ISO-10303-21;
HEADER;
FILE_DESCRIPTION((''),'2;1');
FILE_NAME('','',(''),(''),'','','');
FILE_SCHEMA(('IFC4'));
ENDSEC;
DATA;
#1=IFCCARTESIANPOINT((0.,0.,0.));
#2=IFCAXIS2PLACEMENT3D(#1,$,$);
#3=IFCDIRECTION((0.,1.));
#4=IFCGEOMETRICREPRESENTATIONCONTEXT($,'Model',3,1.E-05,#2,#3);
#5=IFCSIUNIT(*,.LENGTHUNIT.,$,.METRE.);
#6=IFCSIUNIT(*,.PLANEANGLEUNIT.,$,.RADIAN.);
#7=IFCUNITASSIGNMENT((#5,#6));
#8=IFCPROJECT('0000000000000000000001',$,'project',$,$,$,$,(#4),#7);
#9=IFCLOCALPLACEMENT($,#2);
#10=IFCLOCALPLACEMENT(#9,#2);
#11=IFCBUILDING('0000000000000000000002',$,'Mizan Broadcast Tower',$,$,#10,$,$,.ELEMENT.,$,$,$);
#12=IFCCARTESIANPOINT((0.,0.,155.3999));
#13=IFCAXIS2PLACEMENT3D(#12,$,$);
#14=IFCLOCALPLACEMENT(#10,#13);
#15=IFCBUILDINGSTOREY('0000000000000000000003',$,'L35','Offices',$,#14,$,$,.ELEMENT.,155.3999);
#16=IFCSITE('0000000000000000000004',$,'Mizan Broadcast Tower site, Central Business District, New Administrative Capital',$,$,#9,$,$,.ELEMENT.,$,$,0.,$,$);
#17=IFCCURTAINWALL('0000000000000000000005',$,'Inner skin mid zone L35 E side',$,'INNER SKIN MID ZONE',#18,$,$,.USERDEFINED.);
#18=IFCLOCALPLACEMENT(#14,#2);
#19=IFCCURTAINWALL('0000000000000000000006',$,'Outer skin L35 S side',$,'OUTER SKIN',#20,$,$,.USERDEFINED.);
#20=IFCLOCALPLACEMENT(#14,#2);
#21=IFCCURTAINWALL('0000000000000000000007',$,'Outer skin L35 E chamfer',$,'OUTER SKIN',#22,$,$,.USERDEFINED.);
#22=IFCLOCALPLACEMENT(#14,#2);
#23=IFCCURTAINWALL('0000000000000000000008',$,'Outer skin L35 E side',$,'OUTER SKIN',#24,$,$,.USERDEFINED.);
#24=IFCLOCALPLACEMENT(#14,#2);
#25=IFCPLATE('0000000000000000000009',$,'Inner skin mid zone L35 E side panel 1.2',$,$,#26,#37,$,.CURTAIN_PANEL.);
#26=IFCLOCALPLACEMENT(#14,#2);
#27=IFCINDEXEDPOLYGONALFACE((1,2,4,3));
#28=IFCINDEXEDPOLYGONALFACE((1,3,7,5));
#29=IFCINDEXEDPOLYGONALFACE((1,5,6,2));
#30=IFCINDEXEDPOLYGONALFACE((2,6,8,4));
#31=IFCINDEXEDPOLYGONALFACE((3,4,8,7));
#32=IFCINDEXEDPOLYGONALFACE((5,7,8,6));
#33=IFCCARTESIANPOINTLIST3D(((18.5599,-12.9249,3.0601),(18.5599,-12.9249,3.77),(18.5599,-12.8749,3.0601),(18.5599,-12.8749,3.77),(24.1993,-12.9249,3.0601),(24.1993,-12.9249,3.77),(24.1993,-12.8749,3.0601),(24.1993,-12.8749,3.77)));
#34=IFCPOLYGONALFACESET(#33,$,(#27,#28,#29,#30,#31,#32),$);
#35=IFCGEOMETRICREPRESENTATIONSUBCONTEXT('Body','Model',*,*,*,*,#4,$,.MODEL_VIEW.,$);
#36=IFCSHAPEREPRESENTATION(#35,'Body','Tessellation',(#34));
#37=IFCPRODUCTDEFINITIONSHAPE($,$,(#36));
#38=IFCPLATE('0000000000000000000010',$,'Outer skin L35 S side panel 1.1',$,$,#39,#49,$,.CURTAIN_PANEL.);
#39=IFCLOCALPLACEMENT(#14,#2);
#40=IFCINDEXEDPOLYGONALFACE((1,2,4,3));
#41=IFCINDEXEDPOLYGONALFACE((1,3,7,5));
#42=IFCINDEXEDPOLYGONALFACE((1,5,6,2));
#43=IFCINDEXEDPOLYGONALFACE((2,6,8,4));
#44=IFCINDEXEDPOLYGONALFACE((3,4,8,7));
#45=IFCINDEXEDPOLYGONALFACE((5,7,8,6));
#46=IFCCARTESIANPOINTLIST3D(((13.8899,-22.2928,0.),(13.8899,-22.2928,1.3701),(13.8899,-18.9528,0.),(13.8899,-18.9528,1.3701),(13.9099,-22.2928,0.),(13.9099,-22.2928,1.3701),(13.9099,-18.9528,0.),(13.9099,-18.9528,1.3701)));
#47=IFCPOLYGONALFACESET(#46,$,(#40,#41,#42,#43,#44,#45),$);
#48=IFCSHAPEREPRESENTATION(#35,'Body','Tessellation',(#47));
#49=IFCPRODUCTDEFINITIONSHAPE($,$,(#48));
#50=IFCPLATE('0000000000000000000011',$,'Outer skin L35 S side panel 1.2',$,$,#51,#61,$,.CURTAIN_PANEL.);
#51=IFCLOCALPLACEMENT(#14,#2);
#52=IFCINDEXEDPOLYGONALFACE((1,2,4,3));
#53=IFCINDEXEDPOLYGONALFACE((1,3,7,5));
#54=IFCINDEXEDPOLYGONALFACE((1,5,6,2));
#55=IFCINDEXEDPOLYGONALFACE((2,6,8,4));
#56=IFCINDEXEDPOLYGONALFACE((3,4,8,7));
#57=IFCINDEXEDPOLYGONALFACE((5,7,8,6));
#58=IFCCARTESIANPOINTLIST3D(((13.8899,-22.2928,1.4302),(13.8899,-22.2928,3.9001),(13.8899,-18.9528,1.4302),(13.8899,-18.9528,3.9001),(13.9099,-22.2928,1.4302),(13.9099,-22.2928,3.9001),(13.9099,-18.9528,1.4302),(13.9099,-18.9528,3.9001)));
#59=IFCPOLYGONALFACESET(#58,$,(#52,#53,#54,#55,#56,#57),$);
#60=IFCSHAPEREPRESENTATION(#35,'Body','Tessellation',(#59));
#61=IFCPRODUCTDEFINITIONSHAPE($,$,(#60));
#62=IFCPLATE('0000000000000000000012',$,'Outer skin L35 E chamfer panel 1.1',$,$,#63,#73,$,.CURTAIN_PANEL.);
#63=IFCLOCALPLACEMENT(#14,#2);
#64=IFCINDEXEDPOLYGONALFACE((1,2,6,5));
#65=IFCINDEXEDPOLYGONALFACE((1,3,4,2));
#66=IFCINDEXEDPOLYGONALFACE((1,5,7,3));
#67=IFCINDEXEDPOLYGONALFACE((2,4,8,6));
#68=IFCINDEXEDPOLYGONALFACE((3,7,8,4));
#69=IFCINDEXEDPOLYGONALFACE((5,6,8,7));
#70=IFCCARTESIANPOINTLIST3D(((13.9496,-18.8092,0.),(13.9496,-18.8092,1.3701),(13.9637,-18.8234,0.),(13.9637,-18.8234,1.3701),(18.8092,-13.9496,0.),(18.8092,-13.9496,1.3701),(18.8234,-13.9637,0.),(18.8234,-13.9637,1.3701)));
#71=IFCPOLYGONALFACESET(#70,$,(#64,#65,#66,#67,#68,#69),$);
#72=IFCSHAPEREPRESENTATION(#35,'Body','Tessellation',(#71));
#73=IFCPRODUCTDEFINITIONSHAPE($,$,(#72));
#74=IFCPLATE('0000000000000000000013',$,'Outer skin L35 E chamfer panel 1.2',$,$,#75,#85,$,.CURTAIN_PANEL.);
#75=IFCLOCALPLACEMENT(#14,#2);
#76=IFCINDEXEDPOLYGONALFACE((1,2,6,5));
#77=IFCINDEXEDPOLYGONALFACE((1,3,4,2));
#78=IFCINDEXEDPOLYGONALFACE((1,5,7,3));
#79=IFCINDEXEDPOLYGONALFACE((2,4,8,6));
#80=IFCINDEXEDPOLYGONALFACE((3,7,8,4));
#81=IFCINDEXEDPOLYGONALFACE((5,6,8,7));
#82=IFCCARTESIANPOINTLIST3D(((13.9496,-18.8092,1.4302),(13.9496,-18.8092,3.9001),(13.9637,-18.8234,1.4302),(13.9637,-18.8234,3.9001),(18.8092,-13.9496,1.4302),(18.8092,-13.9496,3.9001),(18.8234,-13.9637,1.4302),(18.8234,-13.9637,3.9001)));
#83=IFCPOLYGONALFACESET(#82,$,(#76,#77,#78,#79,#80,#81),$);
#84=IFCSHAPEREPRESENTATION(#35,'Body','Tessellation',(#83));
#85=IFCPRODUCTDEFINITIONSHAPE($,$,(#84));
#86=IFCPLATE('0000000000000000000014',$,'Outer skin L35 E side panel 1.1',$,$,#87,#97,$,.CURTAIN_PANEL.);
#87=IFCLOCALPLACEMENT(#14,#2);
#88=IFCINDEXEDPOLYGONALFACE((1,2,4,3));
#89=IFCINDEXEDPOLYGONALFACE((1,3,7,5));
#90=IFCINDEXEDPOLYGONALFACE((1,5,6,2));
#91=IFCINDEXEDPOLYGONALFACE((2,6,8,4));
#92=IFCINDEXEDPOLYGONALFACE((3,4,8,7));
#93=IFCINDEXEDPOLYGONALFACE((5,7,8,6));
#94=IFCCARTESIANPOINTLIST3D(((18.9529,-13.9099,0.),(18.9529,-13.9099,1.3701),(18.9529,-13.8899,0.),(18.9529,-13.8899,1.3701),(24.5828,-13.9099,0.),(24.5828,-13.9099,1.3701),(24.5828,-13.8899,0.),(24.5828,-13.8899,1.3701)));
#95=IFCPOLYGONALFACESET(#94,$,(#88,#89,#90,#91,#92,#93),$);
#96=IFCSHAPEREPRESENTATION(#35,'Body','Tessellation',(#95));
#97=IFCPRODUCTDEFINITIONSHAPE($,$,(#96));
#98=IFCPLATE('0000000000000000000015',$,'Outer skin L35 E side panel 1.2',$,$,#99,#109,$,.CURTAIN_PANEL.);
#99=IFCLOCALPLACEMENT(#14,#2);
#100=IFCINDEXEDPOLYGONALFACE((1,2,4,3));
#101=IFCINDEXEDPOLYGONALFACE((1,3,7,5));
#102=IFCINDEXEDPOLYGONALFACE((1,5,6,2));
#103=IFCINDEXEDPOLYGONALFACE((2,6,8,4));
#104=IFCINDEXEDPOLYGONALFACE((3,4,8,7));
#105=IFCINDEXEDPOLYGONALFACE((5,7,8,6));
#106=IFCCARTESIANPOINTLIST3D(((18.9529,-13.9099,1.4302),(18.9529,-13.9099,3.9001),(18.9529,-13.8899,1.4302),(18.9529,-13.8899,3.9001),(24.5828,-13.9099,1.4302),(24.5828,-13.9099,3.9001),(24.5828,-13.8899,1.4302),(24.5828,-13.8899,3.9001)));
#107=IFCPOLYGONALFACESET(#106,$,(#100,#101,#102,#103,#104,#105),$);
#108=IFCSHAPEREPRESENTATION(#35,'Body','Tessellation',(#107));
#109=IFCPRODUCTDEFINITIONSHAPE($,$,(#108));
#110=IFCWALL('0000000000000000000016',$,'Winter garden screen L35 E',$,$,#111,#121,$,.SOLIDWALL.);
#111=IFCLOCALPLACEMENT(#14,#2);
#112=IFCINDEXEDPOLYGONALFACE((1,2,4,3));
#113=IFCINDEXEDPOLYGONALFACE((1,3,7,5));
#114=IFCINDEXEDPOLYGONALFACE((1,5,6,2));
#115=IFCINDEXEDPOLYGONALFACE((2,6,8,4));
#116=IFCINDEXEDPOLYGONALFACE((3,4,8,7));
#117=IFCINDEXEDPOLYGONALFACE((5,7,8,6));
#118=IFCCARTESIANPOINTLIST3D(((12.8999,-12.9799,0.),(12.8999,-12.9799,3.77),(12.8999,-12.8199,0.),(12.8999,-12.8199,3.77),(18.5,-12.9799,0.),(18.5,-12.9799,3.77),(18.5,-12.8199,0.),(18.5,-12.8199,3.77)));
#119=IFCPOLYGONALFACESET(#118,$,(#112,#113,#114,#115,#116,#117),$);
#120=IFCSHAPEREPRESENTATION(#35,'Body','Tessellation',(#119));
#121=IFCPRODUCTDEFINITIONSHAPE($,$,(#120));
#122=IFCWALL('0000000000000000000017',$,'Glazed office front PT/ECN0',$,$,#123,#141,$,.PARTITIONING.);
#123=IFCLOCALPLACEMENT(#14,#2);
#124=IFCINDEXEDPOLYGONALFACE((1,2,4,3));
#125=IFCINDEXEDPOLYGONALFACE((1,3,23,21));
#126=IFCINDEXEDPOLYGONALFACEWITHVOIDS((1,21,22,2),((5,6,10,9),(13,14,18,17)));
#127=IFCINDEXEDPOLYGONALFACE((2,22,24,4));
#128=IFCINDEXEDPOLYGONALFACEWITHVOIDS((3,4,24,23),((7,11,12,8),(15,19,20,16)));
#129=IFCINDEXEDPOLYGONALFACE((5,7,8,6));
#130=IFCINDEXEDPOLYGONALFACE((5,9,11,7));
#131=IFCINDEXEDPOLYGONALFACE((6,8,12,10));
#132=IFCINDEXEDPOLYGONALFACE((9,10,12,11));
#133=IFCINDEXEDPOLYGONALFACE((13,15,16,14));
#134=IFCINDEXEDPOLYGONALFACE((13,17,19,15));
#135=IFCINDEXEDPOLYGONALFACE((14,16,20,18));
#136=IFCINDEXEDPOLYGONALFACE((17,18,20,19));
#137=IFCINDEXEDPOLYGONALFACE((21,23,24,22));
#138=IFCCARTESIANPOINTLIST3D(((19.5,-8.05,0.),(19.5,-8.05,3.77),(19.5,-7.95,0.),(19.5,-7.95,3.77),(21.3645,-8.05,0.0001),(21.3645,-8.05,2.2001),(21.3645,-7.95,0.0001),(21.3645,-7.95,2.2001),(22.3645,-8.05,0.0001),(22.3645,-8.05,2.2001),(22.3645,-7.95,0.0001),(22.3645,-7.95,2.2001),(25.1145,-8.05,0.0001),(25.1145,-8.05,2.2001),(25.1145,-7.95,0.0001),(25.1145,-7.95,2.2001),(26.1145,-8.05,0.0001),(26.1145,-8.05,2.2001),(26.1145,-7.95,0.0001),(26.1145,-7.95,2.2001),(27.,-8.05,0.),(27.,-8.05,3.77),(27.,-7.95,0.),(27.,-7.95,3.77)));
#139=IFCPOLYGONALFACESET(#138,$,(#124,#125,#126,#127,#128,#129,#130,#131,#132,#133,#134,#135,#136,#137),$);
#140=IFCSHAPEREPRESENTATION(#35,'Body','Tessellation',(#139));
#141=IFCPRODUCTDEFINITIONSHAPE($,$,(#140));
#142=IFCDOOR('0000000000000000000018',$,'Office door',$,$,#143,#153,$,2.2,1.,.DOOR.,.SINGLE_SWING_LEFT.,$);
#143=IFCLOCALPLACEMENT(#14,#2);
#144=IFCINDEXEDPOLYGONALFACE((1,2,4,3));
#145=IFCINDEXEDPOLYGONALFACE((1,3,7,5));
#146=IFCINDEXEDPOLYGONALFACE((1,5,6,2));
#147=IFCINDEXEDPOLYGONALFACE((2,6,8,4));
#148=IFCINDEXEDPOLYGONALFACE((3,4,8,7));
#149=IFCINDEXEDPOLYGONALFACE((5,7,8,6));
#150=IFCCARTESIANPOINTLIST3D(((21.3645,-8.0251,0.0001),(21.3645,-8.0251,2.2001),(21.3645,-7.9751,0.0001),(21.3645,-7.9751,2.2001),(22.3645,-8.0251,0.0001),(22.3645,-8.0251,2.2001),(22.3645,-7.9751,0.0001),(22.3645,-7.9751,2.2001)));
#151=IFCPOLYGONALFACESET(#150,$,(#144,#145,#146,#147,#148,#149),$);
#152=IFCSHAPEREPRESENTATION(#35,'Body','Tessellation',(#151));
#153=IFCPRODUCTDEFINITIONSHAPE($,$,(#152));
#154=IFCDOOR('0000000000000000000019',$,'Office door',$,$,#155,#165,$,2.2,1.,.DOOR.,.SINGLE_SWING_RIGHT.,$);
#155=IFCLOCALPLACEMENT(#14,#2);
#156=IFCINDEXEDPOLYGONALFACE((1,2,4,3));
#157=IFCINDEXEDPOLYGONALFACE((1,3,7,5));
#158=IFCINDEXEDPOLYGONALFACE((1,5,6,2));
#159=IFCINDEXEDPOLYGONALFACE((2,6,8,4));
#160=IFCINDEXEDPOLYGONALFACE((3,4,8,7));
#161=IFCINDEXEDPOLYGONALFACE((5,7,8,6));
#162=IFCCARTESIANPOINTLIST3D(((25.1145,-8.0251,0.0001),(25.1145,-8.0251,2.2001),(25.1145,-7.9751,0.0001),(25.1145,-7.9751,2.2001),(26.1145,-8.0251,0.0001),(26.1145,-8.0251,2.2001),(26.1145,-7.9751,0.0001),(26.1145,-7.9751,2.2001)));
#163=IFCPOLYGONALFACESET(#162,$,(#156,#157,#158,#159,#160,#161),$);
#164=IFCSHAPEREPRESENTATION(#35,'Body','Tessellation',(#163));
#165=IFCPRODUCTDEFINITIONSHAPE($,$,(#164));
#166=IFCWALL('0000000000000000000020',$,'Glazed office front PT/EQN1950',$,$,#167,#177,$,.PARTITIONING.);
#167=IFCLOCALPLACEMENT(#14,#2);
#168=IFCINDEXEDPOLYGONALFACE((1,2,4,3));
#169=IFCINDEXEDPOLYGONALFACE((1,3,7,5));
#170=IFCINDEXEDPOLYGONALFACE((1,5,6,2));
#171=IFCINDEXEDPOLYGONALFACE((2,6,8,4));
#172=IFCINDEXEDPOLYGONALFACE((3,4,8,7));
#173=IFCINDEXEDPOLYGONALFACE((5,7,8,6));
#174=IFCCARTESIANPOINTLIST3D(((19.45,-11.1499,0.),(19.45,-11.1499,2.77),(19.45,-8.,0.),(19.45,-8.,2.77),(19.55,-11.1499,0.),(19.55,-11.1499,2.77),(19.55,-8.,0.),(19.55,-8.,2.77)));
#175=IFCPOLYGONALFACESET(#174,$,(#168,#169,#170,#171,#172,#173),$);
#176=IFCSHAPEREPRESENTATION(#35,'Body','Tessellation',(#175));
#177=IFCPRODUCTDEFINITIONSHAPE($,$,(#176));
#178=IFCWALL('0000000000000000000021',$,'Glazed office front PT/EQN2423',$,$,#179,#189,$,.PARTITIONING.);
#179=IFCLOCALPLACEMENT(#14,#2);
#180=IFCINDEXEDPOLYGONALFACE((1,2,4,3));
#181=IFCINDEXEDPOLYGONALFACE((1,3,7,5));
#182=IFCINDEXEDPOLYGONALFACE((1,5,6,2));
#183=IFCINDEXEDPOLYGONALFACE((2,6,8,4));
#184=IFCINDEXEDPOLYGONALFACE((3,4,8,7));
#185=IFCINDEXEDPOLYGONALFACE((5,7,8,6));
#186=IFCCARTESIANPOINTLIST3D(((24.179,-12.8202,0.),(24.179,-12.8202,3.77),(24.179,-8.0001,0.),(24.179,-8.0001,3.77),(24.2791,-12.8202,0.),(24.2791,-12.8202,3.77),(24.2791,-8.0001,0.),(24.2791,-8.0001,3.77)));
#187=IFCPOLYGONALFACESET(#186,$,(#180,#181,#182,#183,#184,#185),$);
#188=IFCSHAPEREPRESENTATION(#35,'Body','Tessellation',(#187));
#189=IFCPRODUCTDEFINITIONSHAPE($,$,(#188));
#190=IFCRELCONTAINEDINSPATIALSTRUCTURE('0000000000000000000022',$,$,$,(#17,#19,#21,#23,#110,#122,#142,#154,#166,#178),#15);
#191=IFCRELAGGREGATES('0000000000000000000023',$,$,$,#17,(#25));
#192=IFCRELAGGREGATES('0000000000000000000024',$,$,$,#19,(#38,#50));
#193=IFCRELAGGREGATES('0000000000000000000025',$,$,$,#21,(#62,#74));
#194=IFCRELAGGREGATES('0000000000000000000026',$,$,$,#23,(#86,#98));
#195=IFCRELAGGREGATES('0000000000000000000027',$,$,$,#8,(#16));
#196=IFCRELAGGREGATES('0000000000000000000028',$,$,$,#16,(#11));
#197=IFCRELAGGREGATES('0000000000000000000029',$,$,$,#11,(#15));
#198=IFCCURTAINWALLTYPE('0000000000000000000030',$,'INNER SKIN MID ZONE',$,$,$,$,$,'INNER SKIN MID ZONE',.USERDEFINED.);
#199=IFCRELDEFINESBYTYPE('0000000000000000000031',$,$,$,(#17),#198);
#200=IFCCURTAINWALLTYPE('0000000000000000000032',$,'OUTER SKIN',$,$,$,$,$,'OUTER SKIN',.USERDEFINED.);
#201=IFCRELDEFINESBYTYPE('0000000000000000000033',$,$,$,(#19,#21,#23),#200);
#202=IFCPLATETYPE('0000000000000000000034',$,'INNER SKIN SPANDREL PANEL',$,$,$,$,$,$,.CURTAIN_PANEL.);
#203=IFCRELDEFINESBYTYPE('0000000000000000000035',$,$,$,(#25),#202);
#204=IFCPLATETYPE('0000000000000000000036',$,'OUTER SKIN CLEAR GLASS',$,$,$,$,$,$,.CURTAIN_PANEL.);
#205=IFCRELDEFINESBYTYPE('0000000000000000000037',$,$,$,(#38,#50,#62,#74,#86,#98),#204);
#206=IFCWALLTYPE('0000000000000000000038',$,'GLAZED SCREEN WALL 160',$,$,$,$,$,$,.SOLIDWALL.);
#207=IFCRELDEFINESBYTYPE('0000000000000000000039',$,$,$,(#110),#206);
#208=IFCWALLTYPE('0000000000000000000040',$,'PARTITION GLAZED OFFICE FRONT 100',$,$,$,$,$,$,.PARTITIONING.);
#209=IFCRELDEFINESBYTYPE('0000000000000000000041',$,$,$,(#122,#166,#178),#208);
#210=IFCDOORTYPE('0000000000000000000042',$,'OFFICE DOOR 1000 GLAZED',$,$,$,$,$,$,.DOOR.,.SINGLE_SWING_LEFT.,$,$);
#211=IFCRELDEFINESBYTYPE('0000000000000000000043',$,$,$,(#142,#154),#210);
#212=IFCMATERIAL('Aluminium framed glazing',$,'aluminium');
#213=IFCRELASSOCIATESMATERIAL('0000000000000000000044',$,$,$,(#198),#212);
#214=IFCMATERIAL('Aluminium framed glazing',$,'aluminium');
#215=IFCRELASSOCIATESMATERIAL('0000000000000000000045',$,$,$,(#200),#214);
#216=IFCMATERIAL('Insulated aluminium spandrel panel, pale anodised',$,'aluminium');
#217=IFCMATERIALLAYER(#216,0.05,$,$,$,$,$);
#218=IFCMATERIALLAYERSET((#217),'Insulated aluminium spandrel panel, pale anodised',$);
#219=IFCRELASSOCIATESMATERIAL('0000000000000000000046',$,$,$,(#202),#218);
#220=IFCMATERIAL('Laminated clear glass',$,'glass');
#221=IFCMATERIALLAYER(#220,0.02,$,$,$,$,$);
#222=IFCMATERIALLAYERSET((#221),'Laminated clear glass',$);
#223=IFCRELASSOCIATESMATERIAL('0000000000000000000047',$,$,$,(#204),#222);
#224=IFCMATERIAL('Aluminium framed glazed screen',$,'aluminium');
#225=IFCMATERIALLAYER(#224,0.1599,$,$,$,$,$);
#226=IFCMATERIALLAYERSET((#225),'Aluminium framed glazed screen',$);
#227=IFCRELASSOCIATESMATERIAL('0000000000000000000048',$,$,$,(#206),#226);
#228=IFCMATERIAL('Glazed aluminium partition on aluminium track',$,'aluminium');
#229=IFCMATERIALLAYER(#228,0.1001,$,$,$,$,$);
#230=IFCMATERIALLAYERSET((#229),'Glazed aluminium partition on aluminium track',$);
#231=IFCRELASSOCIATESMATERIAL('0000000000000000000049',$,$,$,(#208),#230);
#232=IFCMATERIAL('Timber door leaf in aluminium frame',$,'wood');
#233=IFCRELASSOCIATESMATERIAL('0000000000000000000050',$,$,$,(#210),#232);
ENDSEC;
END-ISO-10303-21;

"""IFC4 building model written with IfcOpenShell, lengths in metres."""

from ifc_helpers import new_model, si_unit, direction, frame, frame_2d, origin, origin_2d, place, context, subcontext, project, spatial, rectangle, extrude, material, layer, layer_set, type_object, element, fill, aggregate, save


model = new_model("IFC4")

# Units and contexts
model_context = context("Model", 3, precision=1e-05, world=origin(), true_north=direction((0.0, 1.0)))
body_context = subcontext(model_context, "Body", "Model", "MODEL_VIEW")
ifc_project = project(units=[si_unit("LENGTHUNIT", "METRE"), si_unit("PLANEANGLEUNIT", "RADIAN")], contexts=[model_context])

# Site, building, storey
site_placement = place(None, origin())
site = spatial("IfcSite", under=ifc_project, at=site_placement, Name="Mizan Broadcast Tower site, Central Business District, New Administrative Capital", CompositionType="ELEMENT", RefElevation=0.0)
building_placement = place(site_placement, origin())
building = spatial("IfcBuilding", under=site, at=building_placement, Name="Mizan Broadcast Tower", CompositionType="ELEMENT")
storey_placement = place(building_placement, frame((0.0, 0.0, 155.3999)))
storey = spatial("IfcBuildingStorey", under=building, at=storey_placement, Name="L35", Description="Offices", CompositionType="ELEMENT", Elevation=155.3999)

# Curtain wall
ifc_material_1 = material(Name="Aluminium framed glazing", Category="aluminium")
curtain_wall_type_1 = type_object("IfcCurtainWallType", Name="INNER SKIN MID ZONE", ElementType="INNER SKIN MID ZONE", PredefinedType="USERDEFINED", material=ifc_material_1)
curtain_wall_1_placement = place(storey_placement, origin())
curtain_wall_1 = element("IfcCurtainWall", 1, at=curtain_wall_1_placement, inside=storey, type_object=curtain_wall_type_1, Name="Inner skin mid zone L35 E side", ObjectType="INNER SKIN MID ZONE", PredefinedType="USERDEFINED")

# Curtain walls
ifc_material_2 = material(Name="Aluminium framed glazing", Category="aluminium")
curtain_wall_type_2 = type_object("IfcCurtainWallType", Name="OUTER SKIN", ElementType="OUTER SKIN", PredefinedType="USERDEFINED", material=ifc_material_2)
curtain_wall_2_placement = place(storey_placement, origin())
curtain_wall_2 = element("IfcCurtainWall", 2, at=curtain_wall_2_placement, inside=storey, type_object=curtain_wall_type_2, Name="Outer skin L35 S side", ObjectType="OUTER SKIN", PredefinedType="USERDEFINED")
curtain_wall_3_placement = place(storey_placement, origin())
curtain_wall_3 = element("IfcCurtainWall", 3, at=curtain_wall_3_placement, inside=storey, type_object=curtain_wall_type_2, Name="Outer skin L35 E chamfer", ObjectType="OUTER SKIN", PredefinedType="USERDEFINED")
curtain_wall_4_placement = place(storey_placement, origin())
curtain_wall_4 = element("IfcCurtainWall", 4, at=curtain_wall_4_placement, inside=storey, type_object=curtain_wall_type_2, Name="Outer skin L35 E side", ObjectType="OUTER SKIN", PredefinedType="USERDEFINED")

# Plates
ifc_material_3 = material(Name="Insulated aluminium spandrel panel, pale anodised", Category="aluminium")
ifc_layer_1 = layer(ifc_material_3, 0.05)
ifc_layer_set_1 = layer_set([ifc_layer_1], Name="Insulated aluminium spandrel panel, pale anodised")
plate_type_1 = type_object("IfcPlateType", Name="INNER SKIN SPANDREL PANEL", PredefinedType="CURTAIN_PANEL", material=ifc_layer_set_1)
plate_1_placement = place(storey_placement, frame((21.3796, -12.8999, 3.0601), z_axis=(0.0, 0.0, 1.0), x_axis=(1.0, 0.0, 0.0)))
plate_1 = element("IfcPlate", 5, at=plate_1_placement, type_object=plate_type_1, Name="Inner skin mid zone L35 E side panel 1.2", PredefinedType="CURTAIN_PANEL", context=body_context, shape_type="SweptSolid", body=[
    extrude(rectangle(XDim=5.6394, YDim=0.05, at=origin_2d()), origin(), (0.0, 0.0, 1.0), 0.71),
])
aggregate(curtain_wall_1, [plate_1])
ifc_material_4 = material(Name="Laminated clear glass", Category="glass")
ifc_layer_2 = layer(ifc_material_4, 0.02)
ifc_layer_set_2 = layer_set([ifc_layer_2], Name="Laminated clear glass")
plate_type_2 = type_object("IfcPlateType", Name="OUTER SKIN CLEAR GLASS", PredefinedType="CURTAIN_PANEL", material=ifc_layer_set_2)
plate_2_placement = place(storey_placement, frame((13.8999, -20.6228, 0.0), z_axis=(0.0, 0.0, 1.0), x_axis=(0.0, 1.0, 0.0)))
plate_2 = element("IfcPlate", 6, at=plate_2_placement, type_object=plate_type_2, Name="Outer skin L35 S side panel 1.1", PredefinedType="CURTAIN_PANEL", context=body_context, shape_type="SweptSolid", body=[
    extrude(rectangle(XDim=3.3401, YDim=0.02, at=origin_2d()), origin(), (0.0, 0.0, 1.0), 1.3701),
])
plate_3_placement = place(storey_placement, frame((13.8999, -20.6228, 1.4302), z_axis=(0.0, 0.0, 1.0), x_axis=(0.0, 1.0, 0.0)))
plate_3 = element("IfcPlate", 7, at=plate_3_placement, type_object=plate_type_2, Name="Outer skin L35 S side panel 1.2", PredefinedType="CURTAIN_PANEL", context=body_context, shape_type="SweptSolid", body=[
    extrude(rectangle(XDim=3.3401, YDim=0.02, at=origin_2d()), origin(), (0.0, 0.0, 1.0), 2.47),
])
aggregate(curtain_wall_2, [plate_2, plate_3])
plate_4_placement = place(storey_placement, frame((16.3865, -16.3865, 0.0), z_axis=(0.0, 0.0, 1.0), x_axis=(0.707107, 0.707107, 0.0)))
plate_4 = element("IfcPlate", 8, at=plate_4_placement, type_object=plate_type_2, Name="Outer skin L35 E chamfer panel 1.1", PredefinedType="CURTAIN_PANEL", context=body_context, shape_type="SweptSolid", body=[
    extrude(rectangle(XDim=6.8726, YDim=0.02, at=origin_2d()), origin(), (0.0, 0.0, 1.0), 1.3701),
])
plate_5_placement = place(storey_placement, frame((16.3865, -16.3865, 1.4302), z_axis=(0.0, 0.0, 1.0), x_axis=(0.707107, 0.707107, 0.0)))
plate_5 = element("IfcPlate", 9, at=plate_5_placement, type_object=plate_type_2, Name="Outer skin L35 E chamfer panel 1.2", PredefinedType="CURTAIN_PANEL", context=body_context, shape_type="SweptSolid", body=[
    extrude(rectangle(XDim=6.8726, YDim=0.02, at=origin_2d()), origin(), (0.0, 0.0, 1.0), 2.47),
])
aggregate(curtain_wall_3, [plate_4, plate_5])
plate_6_placement = place(storey_placement, frame((21.7678, -13.8999, 0.0), z_axis=(0.0, 0.0, 1.0), x_axis=(1.0, 0.0, 0.0)))
plate_6 = element("IfcPlate", 10, at=plate_6_placement, type_object=plate_type_2, Name="Outer skin L35 E side panel 1.1", PredefinedType="CURTAIN_PANEL", context=body_context, shape_type="SweptSolid", body=[
    extrude(rectangle(XDim=5.6299, YDim=0.02, at=origin_2d()), origin(), (0.0, 0.0, 1.0), 1.3701),
])
plate_7_placement = place(storey_placement, frame((21.7678, -13.8999, 1.4302), z_axis=(0.0, 0.0, 1.0), x_axis=(1.0, 0.0, 0.0)))
plate_7 = element("IfcPlate", 11, at=plate_7_placement, type_object=plate_type_2, Name="Outer skin L35 E side panel 1.2", PredefinedType="CURTAIN_PANEL", context=body_context, shape_type="SweptSolid", body=[
    extrude(rectangle(XDim=5.6299, YDim=0.02, at=origin_2d()), origin(), (0.0, 0.0, 1.0), 2.47),
])
aggregate(curtain_wall_4, [plate_6, plate_7])

# Wall
ifc_material_5 = material(Name="Aluminium framed glazed screen", Category="aluminium")
ifc_layer_3 = layer(ifc_material_5, 0.1599)
ifc_layer_set_3 = layer_set([ifc_layer_3], Name="Aluminium framed glazed screen")
wall_type_1 = type_object("IfcWallType", Name="GLAZED SCREEN WALL 160", PredefinedType="SOLIDWALL", material=ifc_layer_set_3)
wall_1_placement = place(storey_placement, frame((12.8999, -12.8999, 0.0), z_axis=(0.0, 0.0, 1.0), x_axis=(1.0, 0.0, 0.0)))
element("IfcWall", 12, at=wall_1_placement, inside=storey, type_object=wall_type_1, Name="Winter garden screen L35 E", PredefinedType="SOLIDWALL", context=body_context, shape_type="SweptSolid", body=[
    extrude(rectangle(XDim=5.6001, YDim=0.1599, at=frame_2d((2.8, 0.0))), origin(), (0.0, 0.0, 1.0), 3.77),
])

# Wall, openings, doors
ifc_material_6 = material(Name="Glazed aluminium partition on aluminium track", Category="aluminium")
ifc_layer_4 = layer(ifc_material_6, 0.1001)
ifc_layer_set_4 = layer_set([ifc_layer_4], Name="Glazed aluminium partition on aluminium track")
wall_type_2 = type_object("IfcWallType", Name="PARTITION GLAZED OFFICE FRONT 100", PredefinedType="PARTITIONING", material=ifc_layer_set_4)
wall_2_placement = place(storey_placement, frame((19.5, -8.0, 0.0), z_axis=(0.0, 0.0, 1.0), x_axis=(1.0, 0.0, 0.0)))
wall_2 = element("IfcWall", 13, at=wall_2_placement, inside=storey, type_object=wall_type_2, Name="Glazed office front PT/ECN0", PredefinedType="PARTITIONING", context=body_context, shape_type="SweptSolid", body=[
    extrude(rectangle(XDim=7.5, YDim=0.1001, at=frame_2d((3.75, 0.0))), origin(), (0.0, 0.0, 1.0), 3.77),
])
opening_1_placement = place(wall_2_placement, frame((1.8645, 0.0, 0.0)))
opening_1 = element("IfcOpeningElement", 14, at=opening_1_placement, cuts=wall_2, PredefinedType="OPENING", context=body_context, shape_type="SweptSolid", body=[
    extrude(rectangle(XDim=1.0, YDim=2.2, at=frame_2d((0.5, 1.1001))), frame((0.0, 0.0601, 0.0), z_axis=(0.0, -1.0, 0.0), x_axis=(1.0, 0.0, 0.0)), (0.0, 0.0, 1.0), 0.1201),
])
opening_2_placement = place(wall_2_placement, frame((5.6145, 0.0, 0.0)))
opening_2 = element("IfcOpeningElement", 15, at=opening_2_placement, cuts=wall_2, PredefinedType="OPENING", context=body_context, shape_type="SweptSolid", body=[
    extrude(rectangle(XDim=1.0, YDim=2.2, at=frame_2d((0.5, 1.1001))), frame((0.0, 0.0601, 0.0), z_axis=(0.0, -1.0, 0.0), x_axis=(1.0, 0.0, 0.0)), (0.0, 0.0, 1.0), 0.1201),
])
ifc_material_7 = material(Name="Timber door leaf in aluminium frame", Category="wood")
door_type = type_object("IfcDoorType", Name="OFFICE DOOR 1000 GLAZED", OperationType="SINGLE_SWING_LEFT", PredefinedType="DOOR", material=ifc_material_7)
door_1_placement = place(opening_1_placement, origin())
door_1 = element("IfcDoor", 16, at=door_1_placement, inside=storey, type_object=door_type, Name="Office door", OperationType="SINGLE_SWING_LEFT", OverallHeight=2.2, OverallWidth=1.0, PredefinedType="DOOR", context=body_context, shape_type="SweptSolid", body=[
    extrude(rectangle(XDim=1.0, YDim=2.2, at=frame_2d((0.5, 1.1001))), frame((0.0, 0.0249, 0.0), z_axis=(0.0, -1.0, 0.0), x_axis=(1.0, 0.0, 0.0)), (0.0, 0.0, 1.0), 0.05),
])
fill(opening_1, door_1)
door_2_placement = place(opening_2_placement, origin())
door_2 = element("IfcDoor", 17, at=door_2_placement, inside=storey, type_object=door_type, Name="Office door", OperationType="SINGLE_SWING_RIGHT", OverallHeight=2.2, OverallWidth=1.0, PredefinedType="DOOR", context=body_context, shape_type="SweptSolid", body=[
    extrude(rectangle(XDim=1.0, YDim=2.2, at=frame_2d((0.5, 1.1001))), frame((0.0, 0.0249, 0.0), z_axis=(0.0, -1.0, 0.0), x_axis=(1.0, 0.0, 0.0)), (0.0, 0.0, 1.0), 0.05),
])
fill(opening_2, door_2)

# Walls
wall_3_placement = place(storey_placement, frame((19.5, -8.0, 0.0), z_axis=(0.0, 0.0, 1.0), x_axis=(0.0, -1.0, 0.0)))
element("IfcWall", 18, at=wall_3_placement, inside=storey, type_object=wall_type_2, Name="Glazed office front PT/EQN1950", PredefinedType="PARTITIONING", context=body_context, shape_type="SweptSolid", body=[
    extrude(rectangle(XDim=3.1499, YDim=0.1001, at=frame_2d((1.575, 0.0))), origin(), (0.0, 0.0, 1.0), 2.77),
])
wall_4_placement = place(storey_placement, frame((24.229, -8.0, 0.0), z_axis=(0.0, 0.0, 1.0), x_axis=(0.0, -1.0, 0.0)))
element("IfcWall", 19, at=wall_4_placement, inside=storey, type_object=wall_type_2, Name="Glazed office front PT/EQN2423", PredefinedType="PARTITIONING", context=body_context, shape_type="SweptSolid", body=[
    extrude(rectangle(XDim=4.8201, YDim=0.1001, at=frame_2d((2.4102, 0.0))), origin(), (0.0, 0.0, 1.0), 3.77),
])

save(model, "model.ifc")
